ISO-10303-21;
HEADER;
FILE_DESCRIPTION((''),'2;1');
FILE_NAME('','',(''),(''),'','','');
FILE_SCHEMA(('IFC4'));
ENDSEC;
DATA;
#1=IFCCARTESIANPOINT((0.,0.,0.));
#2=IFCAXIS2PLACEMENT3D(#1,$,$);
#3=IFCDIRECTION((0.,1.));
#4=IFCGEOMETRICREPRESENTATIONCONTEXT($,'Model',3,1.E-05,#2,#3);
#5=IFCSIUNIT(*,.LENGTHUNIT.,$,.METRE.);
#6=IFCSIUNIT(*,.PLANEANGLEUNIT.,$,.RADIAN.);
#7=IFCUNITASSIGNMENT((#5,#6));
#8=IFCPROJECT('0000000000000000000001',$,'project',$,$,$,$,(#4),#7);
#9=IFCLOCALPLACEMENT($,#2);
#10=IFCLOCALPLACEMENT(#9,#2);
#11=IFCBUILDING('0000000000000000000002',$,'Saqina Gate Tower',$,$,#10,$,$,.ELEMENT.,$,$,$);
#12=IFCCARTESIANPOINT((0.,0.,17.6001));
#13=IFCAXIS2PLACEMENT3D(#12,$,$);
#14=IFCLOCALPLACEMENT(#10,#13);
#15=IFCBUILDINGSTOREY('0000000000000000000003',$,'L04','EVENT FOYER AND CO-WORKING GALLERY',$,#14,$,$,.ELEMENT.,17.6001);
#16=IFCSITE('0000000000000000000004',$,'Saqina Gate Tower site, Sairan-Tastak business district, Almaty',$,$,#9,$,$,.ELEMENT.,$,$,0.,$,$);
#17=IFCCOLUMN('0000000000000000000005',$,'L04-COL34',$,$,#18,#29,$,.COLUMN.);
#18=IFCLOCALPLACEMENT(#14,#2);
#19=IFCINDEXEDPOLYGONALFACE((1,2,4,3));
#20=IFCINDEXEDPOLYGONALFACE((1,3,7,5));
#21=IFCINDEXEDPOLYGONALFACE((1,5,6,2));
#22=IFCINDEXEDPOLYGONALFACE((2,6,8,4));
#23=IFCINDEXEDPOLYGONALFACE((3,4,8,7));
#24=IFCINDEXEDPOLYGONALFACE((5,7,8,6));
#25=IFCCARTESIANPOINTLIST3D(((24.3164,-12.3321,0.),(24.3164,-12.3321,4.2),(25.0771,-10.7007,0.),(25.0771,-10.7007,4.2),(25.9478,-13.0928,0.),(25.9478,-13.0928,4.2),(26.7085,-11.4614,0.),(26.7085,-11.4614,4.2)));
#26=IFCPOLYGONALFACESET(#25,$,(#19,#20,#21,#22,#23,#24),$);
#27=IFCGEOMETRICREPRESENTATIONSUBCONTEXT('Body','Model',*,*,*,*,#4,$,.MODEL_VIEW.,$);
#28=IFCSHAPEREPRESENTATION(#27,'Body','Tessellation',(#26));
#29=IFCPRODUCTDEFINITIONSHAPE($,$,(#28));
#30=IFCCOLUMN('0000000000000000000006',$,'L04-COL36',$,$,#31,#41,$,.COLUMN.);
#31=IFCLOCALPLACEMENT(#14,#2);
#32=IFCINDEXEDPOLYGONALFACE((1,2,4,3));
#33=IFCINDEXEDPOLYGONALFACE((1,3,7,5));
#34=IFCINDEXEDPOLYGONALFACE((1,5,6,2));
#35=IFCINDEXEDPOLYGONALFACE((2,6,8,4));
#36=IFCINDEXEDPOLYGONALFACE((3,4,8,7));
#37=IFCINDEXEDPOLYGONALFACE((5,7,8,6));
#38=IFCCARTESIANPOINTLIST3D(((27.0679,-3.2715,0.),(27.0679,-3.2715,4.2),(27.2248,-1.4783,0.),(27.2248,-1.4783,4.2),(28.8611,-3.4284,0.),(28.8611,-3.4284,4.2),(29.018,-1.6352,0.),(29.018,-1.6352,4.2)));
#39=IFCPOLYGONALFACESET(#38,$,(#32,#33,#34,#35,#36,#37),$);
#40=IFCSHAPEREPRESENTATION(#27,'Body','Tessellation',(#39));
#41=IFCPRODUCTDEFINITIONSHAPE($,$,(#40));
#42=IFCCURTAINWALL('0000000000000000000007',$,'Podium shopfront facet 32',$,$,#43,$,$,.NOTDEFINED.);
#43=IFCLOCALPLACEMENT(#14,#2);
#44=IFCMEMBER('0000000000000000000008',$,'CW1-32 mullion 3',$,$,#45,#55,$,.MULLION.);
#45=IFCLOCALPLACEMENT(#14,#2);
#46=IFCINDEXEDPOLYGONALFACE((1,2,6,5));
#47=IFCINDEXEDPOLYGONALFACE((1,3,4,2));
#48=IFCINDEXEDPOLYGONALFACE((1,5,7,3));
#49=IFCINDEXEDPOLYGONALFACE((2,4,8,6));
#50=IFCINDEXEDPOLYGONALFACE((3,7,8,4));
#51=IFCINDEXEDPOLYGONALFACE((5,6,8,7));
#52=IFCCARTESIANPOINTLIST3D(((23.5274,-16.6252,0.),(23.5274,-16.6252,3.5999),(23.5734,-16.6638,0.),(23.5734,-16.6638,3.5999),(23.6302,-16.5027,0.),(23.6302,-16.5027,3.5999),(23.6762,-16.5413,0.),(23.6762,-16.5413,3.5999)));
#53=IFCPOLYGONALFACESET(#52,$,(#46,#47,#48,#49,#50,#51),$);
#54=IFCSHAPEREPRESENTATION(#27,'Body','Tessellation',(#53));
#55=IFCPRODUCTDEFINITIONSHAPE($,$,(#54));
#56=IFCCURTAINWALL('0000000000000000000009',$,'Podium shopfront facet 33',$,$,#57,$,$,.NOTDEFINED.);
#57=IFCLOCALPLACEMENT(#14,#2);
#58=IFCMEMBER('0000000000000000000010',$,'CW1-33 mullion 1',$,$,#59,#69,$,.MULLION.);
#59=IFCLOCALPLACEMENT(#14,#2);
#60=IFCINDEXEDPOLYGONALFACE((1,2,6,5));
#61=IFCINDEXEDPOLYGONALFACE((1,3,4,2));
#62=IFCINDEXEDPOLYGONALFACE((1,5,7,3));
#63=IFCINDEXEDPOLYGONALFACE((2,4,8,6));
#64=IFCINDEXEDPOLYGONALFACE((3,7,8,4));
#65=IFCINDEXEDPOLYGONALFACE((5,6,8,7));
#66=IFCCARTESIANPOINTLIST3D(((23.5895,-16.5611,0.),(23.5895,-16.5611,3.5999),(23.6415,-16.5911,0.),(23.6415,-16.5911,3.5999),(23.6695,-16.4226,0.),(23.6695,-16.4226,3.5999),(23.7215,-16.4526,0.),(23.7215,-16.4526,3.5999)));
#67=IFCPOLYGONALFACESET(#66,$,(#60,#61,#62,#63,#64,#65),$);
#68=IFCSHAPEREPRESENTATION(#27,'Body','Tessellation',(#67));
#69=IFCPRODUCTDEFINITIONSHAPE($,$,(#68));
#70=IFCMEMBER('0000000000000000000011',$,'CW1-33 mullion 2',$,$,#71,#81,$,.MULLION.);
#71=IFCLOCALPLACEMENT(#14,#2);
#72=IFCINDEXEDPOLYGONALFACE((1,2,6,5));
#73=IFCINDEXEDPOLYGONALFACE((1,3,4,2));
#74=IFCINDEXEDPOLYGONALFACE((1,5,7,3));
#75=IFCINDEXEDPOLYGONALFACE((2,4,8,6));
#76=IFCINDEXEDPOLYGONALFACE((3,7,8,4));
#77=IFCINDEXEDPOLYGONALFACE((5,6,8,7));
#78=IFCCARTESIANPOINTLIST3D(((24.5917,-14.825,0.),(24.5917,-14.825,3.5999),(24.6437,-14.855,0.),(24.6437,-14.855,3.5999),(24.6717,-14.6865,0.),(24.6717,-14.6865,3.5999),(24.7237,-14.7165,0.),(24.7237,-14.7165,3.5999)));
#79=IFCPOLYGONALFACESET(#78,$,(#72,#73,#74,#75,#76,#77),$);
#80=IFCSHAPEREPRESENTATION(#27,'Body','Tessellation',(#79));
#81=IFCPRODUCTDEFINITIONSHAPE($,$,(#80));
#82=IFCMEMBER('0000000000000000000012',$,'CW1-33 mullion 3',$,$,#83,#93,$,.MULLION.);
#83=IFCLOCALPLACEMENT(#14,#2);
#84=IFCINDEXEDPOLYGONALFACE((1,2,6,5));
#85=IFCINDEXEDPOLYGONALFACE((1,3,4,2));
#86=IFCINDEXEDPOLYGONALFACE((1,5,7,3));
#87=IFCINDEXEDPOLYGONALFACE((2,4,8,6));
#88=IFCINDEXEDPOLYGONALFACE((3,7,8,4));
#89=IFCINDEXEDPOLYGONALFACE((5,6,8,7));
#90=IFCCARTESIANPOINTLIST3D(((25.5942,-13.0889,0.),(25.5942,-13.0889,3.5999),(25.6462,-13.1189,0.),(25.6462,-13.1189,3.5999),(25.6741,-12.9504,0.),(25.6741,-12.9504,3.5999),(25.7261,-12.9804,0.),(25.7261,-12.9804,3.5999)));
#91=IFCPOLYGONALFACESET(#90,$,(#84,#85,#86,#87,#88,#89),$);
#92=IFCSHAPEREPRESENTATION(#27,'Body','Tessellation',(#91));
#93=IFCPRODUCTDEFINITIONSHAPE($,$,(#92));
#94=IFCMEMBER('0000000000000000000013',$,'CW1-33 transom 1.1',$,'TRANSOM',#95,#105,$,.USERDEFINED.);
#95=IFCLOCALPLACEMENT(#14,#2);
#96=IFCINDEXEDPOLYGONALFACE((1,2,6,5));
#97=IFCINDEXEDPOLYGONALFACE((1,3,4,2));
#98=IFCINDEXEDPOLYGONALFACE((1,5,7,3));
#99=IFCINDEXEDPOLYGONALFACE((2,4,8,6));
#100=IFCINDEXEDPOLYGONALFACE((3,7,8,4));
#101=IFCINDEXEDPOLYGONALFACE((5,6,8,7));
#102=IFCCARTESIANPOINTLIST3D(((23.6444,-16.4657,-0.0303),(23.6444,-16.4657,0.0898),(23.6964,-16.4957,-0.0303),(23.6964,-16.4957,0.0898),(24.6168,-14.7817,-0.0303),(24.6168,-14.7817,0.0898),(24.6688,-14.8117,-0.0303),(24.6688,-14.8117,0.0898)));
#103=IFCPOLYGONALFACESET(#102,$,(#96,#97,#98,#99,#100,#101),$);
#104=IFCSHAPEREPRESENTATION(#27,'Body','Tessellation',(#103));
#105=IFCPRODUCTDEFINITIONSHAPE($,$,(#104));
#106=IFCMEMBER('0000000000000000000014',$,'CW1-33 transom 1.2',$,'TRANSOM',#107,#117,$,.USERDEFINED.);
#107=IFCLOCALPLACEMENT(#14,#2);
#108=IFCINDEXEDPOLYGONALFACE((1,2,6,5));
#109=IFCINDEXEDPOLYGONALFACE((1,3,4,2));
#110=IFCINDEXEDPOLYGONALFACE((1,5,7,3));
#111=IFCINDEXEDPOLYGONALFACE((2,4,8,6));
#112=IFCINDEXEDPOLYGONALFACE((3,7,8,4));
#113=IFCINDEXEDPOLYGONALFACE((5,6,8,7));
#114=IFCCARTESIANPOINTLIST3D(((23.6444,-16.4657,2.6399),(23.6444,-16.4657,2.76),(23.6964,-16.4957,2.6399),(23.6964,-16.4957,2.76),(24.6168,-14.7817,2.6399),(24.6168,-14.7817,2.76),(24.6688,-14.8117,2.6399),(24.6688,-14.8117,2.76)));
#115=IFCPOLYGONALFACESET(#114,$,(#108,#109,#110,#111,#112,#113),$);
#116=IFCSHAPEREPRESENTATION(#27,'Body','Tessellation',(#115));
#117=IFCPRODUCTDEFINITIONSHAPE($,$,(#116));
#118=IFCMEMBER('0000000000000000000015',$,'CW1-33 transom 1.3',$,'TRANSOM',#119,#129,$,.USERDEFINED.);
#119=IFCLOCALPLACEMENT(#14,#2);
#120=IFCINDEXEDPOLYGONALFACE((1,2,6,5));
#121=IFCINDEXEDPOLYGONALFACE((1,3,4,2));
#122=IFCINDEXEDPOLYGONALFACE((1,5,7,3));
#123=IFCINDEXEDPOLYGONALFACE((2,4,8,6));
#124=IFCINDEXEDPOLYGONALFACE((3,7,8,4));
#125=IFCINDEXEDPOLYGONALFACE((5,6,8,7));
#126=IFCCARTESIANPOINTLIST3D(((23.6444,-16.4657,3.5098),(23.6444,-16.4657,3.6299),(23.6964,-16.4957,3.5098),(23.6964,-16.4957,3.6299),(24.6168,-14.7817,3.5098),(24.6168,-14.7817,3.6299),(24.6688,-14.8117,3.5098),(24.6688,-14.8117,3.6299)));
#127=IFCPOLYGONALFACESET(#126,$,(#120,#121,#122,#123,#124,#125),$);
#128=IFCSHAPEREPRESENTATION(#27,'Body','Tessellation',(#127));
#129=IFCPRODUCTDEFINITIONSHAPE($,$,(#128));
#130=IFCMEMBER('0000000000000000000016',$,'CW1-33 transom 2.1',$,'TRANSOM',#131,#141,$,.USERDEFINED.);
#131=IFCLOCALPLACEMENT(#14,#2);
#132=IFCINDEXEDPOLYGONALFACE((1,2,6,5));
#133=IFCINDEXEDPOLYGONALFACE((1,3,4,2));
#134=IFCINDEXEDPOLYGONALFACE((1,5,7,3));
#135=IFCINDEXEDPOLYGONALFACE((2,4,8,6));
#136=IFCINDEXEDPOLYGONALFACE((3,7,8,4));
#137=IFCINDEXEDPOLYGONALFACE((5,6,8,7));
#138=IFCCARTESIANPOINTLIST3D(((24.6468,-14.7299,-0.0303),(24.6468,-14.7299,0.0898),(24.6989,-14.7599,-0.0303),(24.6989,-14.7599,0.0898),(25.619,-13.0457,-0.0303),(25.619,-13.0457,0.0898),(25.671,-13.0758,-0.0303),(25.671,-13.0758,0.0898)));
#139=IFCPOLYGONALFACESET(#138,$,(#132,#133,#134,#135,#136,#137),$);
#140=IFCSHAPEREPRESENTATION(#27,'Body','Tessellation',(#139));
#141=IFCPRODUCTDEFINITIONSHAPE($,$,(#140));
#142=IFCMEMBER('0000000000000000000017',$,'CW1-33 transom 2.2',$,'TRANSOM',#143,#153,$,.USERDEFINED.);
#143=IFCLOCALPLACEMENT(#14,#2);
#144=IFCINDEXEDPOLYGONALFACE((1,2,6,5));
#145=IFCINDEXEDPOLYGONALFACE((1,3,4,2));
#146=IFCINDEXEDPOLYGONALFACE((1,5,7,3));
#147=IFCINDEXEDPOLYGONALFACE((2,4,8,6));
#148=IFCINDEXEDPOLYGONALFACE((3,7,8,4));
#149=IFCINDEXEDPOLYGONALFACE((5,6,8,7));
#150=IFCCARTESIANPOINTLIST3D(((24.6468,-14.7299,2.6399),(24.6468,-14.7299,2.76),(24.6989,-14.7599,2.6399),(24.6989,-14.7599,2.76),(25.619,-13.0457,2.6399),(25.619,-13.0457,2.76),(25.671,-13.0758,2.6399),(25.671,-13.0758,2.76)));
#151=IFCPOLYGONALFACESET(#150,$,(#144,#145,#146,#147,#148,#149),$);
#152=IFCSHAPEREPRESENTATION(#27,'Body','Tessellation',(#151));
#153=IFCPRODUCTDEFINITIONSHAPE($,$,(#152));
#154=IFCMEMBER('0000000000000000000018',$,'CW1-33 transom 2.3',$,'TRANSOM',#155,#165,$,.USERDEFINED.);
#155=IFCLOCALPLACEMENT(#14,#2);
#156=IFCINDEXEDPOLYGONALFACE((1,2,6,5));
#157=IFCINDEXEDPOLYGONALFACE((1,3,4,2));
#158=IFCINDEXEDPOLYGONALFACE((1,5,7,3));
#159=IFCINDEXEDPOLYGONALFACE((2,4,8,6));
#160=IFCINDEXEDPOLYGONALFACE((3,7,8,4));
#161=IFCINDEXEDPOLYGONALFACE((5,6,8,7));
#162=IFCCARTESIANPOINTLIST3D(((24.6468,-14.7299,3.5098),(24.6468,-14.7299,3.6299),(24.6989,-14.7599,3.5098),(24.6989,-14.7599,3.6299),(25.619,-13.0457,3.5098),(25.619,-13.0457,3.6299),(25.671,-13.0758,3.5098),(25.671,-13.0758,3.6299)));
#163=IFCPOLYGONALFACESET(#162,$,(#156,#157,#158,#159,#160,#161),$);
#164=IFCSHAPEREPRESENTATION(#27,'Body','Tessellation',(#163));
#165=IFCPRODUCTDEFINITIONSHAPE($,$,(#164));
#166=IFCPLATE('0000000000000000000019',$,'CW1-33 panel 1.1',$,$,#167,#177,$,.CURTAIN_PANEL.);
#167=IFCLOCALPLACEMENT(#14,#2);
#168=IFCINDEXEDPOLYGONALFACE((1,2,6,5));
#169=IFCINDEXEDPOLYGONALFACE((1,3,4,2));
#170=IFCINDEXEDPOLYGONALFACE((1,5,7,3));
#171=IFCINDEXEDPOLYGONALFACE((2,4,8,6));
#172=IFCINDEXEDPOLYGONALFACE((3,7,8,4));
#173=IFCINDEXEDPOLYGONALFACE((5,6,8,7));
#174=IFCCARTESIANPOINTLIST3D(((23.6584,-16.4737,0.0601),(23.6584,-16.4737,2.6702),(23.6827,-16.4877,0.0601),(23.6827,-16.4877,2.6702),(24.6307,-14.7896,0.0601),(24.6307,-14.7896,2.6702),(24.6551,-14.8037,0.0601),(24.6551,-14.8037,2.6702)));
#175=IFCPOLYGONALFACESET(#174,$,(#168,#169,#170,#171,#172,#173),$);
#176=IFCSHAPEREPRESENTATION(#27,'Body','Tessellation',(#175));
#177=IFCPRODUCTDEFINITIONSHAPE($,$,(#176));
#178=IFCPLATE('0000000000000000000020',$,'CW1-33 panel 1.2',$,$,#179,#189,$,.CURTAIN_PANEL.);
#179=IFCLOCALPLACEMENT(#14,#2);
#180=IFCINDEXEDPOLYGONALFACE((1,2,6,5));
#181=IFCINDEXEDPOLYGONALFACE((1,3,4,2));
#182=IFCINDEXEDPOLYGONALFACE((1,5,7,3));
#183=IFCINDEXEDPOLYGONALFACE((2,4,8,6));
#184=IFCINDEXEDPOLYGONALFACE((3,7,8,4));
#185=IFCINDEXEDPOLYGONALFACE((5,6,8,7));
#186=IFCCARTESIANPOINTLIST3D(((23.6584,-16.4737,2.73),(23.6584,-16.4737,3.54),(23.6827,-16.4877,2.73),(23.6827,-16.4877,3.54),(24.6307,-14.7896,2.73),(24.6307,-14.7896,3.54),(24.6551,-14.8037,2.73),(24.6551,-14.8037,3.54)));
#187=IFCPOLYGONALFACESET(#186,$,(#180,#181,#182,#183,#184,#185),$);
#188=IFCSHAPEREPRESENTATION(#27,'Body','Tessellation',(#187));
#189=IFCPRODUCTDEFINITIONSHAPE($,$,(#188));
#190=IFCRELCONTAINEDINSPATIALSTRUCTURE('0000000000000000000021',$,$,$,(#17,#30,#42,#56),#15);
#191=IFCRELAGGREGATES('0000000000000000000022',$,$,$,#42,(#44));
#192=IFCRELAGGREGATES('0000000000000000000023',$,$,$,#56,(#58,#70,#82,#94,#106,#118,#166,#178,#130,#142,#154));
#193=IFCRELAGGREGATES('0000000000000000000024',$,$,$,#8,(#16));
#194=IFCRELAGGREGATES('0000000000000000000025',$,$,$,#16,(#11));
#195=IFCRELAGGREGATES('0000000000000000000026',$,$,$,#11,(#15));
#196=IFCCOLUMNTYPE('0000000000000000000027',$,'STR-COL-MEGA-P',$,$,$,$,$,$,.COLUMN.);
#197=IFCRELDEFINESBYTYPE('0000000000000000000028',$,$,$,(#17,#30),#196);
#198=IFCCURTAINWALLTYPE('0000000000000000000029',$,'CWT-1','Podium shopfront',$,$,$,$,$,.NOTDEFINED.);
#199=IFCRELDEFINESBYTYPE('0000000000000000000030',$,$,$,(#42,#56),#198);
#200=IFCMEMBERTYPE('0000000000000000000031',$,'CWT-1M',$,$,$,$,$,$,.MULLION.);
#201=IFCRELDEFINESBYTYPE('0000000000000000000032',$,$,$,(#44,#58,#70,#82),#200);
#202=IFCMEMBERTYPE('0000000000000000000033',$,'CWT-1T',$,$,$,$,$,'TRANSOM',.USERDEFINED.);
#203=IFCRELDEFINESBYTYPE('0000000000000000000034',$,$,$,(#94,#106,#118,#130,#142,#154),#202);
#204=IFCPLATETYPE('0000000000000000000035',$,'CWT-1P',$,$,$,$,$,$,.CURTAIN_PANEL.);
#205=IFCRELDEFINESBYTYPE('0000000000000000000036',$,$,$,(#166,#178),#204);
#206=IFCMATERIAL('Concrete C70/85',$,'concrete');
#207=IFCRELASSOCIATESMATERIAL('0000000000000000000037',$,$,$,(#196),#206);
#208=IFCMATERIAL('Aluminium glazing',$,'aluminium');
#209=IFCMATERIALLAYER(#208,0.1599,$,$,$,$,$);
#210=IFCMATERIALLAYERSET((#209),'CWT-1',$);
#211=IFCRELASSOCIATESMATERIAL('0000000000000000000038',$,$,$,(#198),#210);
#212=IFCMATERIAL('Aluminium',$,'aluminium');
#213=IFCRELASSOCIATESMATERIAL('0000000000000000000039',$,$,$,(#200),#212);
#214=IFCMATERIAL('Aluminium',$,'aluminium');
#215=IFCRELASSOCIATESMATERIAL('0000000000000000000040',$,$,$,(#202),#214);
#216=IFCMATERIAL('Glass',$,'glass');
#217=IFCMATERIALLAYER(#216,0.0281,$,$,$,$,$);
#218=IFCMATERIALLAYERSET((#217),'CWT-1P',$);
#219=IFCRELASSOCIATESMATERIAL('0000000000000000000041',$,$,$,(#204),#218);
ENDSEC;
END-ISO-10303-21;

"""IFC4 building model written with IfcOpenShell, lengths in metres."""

from ifc_helpers import new_model, si_unit, direction, frame, origin, origin_2d, place, context, subcontext, project, spatial, rectangle, extrude, material, layer, layer_set, material_profile, profile_set, type_object, element, aggregate, save


model = new_model("IFC4")

# Units and contexts
model_context = context("Model", 3, precision=1e-05, world=origin(), true_north=direction((0.0, 1.0)))
body_context = subcontext(model_context, "Body", "Model", "MODEL_VIEW")
ifc_project = project(units=[si_unit("LENGTHUNIT", "METRE"), si_unit("PLANEANGLEUNIT", "RADIAN")], contexts=[model_context])

# Site, building, storey
site_placement = place(None, origin())
site = spatial("IfcSite", under=ifc_project, at=site_placement, Name="Saqina Gate Tower site, Sairan-Tastak business district, Almaty", CompositionType="ELEMENT", RefElevation=0.0)
building_placement = place(site_placement, origin())
building = spatial("IfcBuilding", under=site, at=building_placement, Name="Saqina Gate Tower", CompositionType="ELEMENT")
storey_placement = place(building_placement, frame((0.0, 0.0, 17.6001)))
storey = spatial("IfcBuildingStorey", under=building, at=storey_placement, Name="L04", Description="EVENT FOYER AND CO-WORKING GALLERY", CompositionType="ELEMENT", Elevation=17.6001)

# Columns
ifc_material_1 = material(Name="Concrete C70/85", Category="concrete")
ifc_material_profile_1 = material_profile(ifc_material_1, rectangle(XDim=1.8, YDim=1.8, at=origin_2d()), Name="RC 1800x1800")
ifc_profile_set_1 = profile_set([ifc_material_profile_1], Name="Concrete C70/85")
column_type = type_object("IfcColumnType", Name="STR-COL-MEGA-P", PredefinedType="COLUMN", material=ifc_profile_set_1)
for number, where, z_axis, x_axis, name in (
    (1, (25.5125, -11.8967, 0.0), (0.0, 0.0, 1.0), (0.906308, -0.422618, 0.0), "L04-COL34"),
    (2, (28.043, -2.4534, 0.0), (0.0, 0.0, 1.0), (0.996195, -0.087156, 0.0), "L04-COL36"),
):
    element("IfcColumn", number, at=place(storey_placement, frame(where, z_axis=z_axis, x_axis=x_axis)), inside=storey, type_object=column_type, Name=name, PredefinedType="COLUMN", context=body_context, shape_type="SweptSolid", body=[
        extrude(rectangle(XDim=1.8, YDim=1.8, at=origin_2d()), origin(), (0.0, 0.0, 1.0), 4.2),
    ])

# Curtain wall, member
ifc_material_2 = material(Name="Aluminium glazing", Category="aluminium")
ifc_layer_1 = layer(ifc_material_2, 0.1599)
ifc_layer_set_1 = layer_set([ifc_layer_1], Name="CWT-1")
curtain_wall_type = type_object("IfcCurtainWallType", Name="CWT-1", Description="Podium shopfront", PredefinedType="NOTDEFINED", material=ifc_layer_set_1)
curtain_wall_1_placement = place(storey_placement, origin())
curtain_wall_1 = element("IfcCurtainWall", 3, at=curtain_wall_1_placement, inside=storey, type_object=curtain_wall_type, Name="Podium shopfront facet 32", PredefinedType="NOTDEFINED")
ifc_material_3 = material(Name="Aluminium", Category="aluminium")
ifc_material_profile_2 = material_profile(ifc_material_3, rectangle(XDim=0.0601, YDim=0.1599, at=origin_2d()), Name="Aluminium 60x160")
ifc_profile_set_2 = profile_set([ifc_material_profile_2], Name="Aluminium")
member_type_1 = type_object("IfcMemberType", Name="CWT-1M", PredefinedType="MULLION", material=ifc_profile_set_2)
member_1_placement = place(storey_placement, frame((23.6018, -16.5833, 0.0), z_axis=(0.0, 0.0, 1.0), x_axis=(-0.766051, 0.642779, 0.0)))
member_1 = element("IfcMember", 4, at=member_1_placement, type_object=member_type_1, Name="CW1-32 mullion 3", PredefinedType="MULLION", context=body_context, shape_type="SweptSolid", body=[
    extrude(rectangle(XDim=0.0601, YDim=0.1599, at=origin_2d()), origin(), (0.0, 0.0, 1.0), 3.5999),
])
aggregate(curtain_wall_1, [member_1])

# Curtain wall, members, plates
curtain_wall_2_placement = place(storey_placement, origin())
curtain_wall_2 = element("IfcCurtainWall", 5, at=curtain_wall_2_placement, inside=storey, type_object=curtain_wall_type, Name="Podium shopfront facet 33", PredefinedType="NOTDEFINED")
member_2_placement = place(storey_placement, frame((23.6555, -16.5068, 0.0), z_axis=(0.0, 0.0, 1.0), x_axis=(-0.866017, 0.500014, 0.0)))
member_2 = element("IfcMember", 6, at=member_2_placement, type_object=member_type_1, Name="CW1-33 mullion 1", PredefinedType="MULLION", context=body_context, shape_type="SweptSolid", body=[
    extrude(rectangle(XDim=0.0601, YDim=0.1599, at=origin_2d()), origin(), (0.0, 0.0, 1.0), 3.5999),
])
member_3_placement = place(storey_placement, frame((24.6577, -14.7708, 0.0), z_axis=(0.0, 0.0, 1.0), x_axis=(-0.866017, 0.500014, 0.0)))
member_3 = element("IfcMember", 7, at=member_3_placement, type_object=member_type_1, Name="CW1-33 mullion 2", PredefinedType="MULLION", context=body_context, shape_type="SweptSolid", body=[
    extrude(rectangle(XDim=0.0601, YDim=0.1599, at=origin_2d()), origin(), (0.0, 0.0, 1.0), 3.5999),
])
member_4_placement = place(storey_placement, frame((25.6602, -13.0347, 0.0), z_axis=(0.0, 0.0, 1.0), x_axis=(-0.866017, 0.500014, 0.0)))
member_4 = element("IfcMember", 8, at=member_4_placement, type_object=member_type_1, Name="CW1-33 mullion 3", PredefinedType="MULLION", context=body_context, shape_type="SweptSolid", body=[
    extrude(rectangle(XDim=0.0601, YDim=0.1599, at=origin_2d()), origin(), (0.0, 0.0, 1.0), 3.5999),
])
ifc_material_4 = material(Name="Aluminium", Category="aluminium")
ifc_material_profile_3 = material_profile(ifc_material_4, rectangle(XDim=0.0601, YDim=0.1201, at=origin_2d()), Name="Aluminium 60x120")
ifc_profile_set_3 = profile_set([ifc_material_profile_3], Name="Aluminium")
member_type_2 = type_object("IfcMemberType", Name="CWT-1T", ElementType="TRANSOM", PredefinedType="USERDEFINED", material=ifc_profile_set_3)
member_5_placement = place(storey_placement, frame((23.6704, -16.4807, 0.0298), z_axis=(0.500041, 0.866002, 0.0), x_axis=(-0.866002, 0.500041, 0.0)))
member_5 = element("IfcMember", 9, at=member_5_placement, type_object=member_type_2, Name="CW1-33 transom 1.1", ObjectType="TRANSOM", PredefinedType="USERDEFINED", context=body_context, shape_type="SweptSolid", body=[
    extrude(rectangle(XDim=0.0601, YDim=0.1201, at=origin_2d()), origin(), (0.0, 0.0, 1.0), 1.9446),
])
member_6_placement = place(storey_placement, frame((23.6704, -16.4807, 2.7), z_axis=(0.500041, 0.866002, 0.0), x_axis=(-0.866002, 0.500041, 0.0)))
member_6 = element("IfcMember", 10, at=member_6_placement, type_object=member_type_2, Name="CW1-33 transom 1.2", ObjectType="TRANSOM", PredefinedType="USERDEFINED", context=body_context, shape_type="SweptSolid", body=[
    extrude(rectangle(XDim=0.0601, YDim=0.1201, at=origin_2d()), origin(), (0.0, 0.0, 1.0), 1.9446),
])
member_7_placement = place(storey_placement, frame((23.6704, -16.4807, 3.5698), z_axis=(0.500041, 0.866002, 0.0), x_axis=(-0.866002, 0.500041, 0.0)))
member_7 = element("IfcMember", 11, at=member_7_placement, type_object=member_type_2, Name="CW1-33 transom 1.3", ObjectType="TRANSOM", PredefinedType="USERDEFINED", context=body_context, shape_type="SweptSolid", body=[
    extrude(rectangle(XDim=0.0601, YDim=0.1201, at=origin_2d()), origin(), (0.0, 0.0, 1.0), 1.9446),
])
member_8_placement = place(storey_placement, frame((24.6729, -14.7449, 0.0298), z_axis=(0.499947, 0.866056, 0.0), x_axis=(-0.866056, 0.499947, 0.0)))
member_8 = element("IfcMember", 12, at=member_8_placement, type_object=member_type_2, Name="CW1-33 transom 2.1", ObjectType="TRANSOM", PredefinedType="USERDEFINED", context=body_context, shape_type="SweptSolid", body=[
    extrude(rectangle(XDim=0.0601, YDim=0.1201, at=origin_2d()), origin(), (0.0, 0.0, 1.0), 1.9446),
])
member_9_placement = place(storey_placement, frame((24.6729, -14.7449, 2.7), z_axis=(0.499947, 0.866056, 0.0), x_axis=(-0.866056, 0.499947, 0.0)))
member_9 = element("IfcMember", 13, at=member_9_placement, type_object=member_type_2, Name="CW1-33 transom 2.2", ObjectType="TRANSOM", PredefinedType="USERDEFINED", context=body_context, shape_type="SweptSolid", body=[
    extrude(rectangle(XDim=0.0601, YDim=0.1201, at=origin_2d()), origin(), (0.0, 0.0, 1.0), 1.9446),
])
member_10_placement = place(storey_placement, frame((24.6729, -14.7449, 3.5698), z_axis=(0.499947, 0.866056, 0.0), x_axis=(-0.866056, 0.499947, 0.0)))
member_10 = element("IfcMember", 14, at=member_10_placement, type_object=member_type_2, Name="CW1-33 transom 2.3", ObjectType="TRANSOM", PredefinedType="USERDEFINED", context=body_context, shape_type="SweptSolid", body=[
    extrude(rectangle(XDim=0.0601, YDim=0.1201, at=origin_2d()), origin(), (0.0, 0.0, 1.0), 1.9446),
])
ifc_material_5 = material(Name="Glass", Category="glass")
ifc_layer_2 = layer(ifc_material_5, 0.0281)
ifc_layer_set_2 = layer_set([ifc_layer_2], Name="CWT-1P")
plate_type = type_object("IfcPlateType", Name="CWT-1P", PredefinedType="CURTAIN_PANEL", material=ifc_layer_set_2)
plate_1_placement = place(storey_placement, frame((24.1567, -15.6387, 0.0601), z_axis=(0.0, 0.0, 1.0), x_axis=(0.500014, 0.866017, 0.0)))
plate_1 = element("IfcPlate", 15, at=plate_1_placement, type_object=plate_type, Name="CW1-33 panel 1.1", PredefinedType="CURTAIN_PANEL", context=body_context, shape_type="SweptSolid", body=[
    extrude(rectangle(XDim=1.9446, YDim=0.0281, at=origin_2d()), origin(), (0.0, 0.0, 1.0), 2.6101),
])
plate_2_placement = place(storey_placement, frame((24.1567, -15.6387, 2.73), z_axis=(0.0, 0.0, 1.0), x_axis=(0.500014, 0.866017, 0.0)))
plate_2 = element("IfcPlate", 16, at=plate_2_placement, type_object=plate_type, Name="CW1-33 panel 1.2", PredefinedType="CURTAIN_PANEL", context=body_context, shape_type="SweptSolid", body=[
    extrude(rectangle(XDim=1.9446, YDim=0.0281, at=origin_2d()), origin(), (0.0, 0.0, 1.0), 0.8101),
])
aggregate(curtain_wall_2, [member_2, member_3, member_4, member_5, member_6, member_7, plate_1, plate_2, member_8, member_9, member_10])

save(model, "model.ifc")
